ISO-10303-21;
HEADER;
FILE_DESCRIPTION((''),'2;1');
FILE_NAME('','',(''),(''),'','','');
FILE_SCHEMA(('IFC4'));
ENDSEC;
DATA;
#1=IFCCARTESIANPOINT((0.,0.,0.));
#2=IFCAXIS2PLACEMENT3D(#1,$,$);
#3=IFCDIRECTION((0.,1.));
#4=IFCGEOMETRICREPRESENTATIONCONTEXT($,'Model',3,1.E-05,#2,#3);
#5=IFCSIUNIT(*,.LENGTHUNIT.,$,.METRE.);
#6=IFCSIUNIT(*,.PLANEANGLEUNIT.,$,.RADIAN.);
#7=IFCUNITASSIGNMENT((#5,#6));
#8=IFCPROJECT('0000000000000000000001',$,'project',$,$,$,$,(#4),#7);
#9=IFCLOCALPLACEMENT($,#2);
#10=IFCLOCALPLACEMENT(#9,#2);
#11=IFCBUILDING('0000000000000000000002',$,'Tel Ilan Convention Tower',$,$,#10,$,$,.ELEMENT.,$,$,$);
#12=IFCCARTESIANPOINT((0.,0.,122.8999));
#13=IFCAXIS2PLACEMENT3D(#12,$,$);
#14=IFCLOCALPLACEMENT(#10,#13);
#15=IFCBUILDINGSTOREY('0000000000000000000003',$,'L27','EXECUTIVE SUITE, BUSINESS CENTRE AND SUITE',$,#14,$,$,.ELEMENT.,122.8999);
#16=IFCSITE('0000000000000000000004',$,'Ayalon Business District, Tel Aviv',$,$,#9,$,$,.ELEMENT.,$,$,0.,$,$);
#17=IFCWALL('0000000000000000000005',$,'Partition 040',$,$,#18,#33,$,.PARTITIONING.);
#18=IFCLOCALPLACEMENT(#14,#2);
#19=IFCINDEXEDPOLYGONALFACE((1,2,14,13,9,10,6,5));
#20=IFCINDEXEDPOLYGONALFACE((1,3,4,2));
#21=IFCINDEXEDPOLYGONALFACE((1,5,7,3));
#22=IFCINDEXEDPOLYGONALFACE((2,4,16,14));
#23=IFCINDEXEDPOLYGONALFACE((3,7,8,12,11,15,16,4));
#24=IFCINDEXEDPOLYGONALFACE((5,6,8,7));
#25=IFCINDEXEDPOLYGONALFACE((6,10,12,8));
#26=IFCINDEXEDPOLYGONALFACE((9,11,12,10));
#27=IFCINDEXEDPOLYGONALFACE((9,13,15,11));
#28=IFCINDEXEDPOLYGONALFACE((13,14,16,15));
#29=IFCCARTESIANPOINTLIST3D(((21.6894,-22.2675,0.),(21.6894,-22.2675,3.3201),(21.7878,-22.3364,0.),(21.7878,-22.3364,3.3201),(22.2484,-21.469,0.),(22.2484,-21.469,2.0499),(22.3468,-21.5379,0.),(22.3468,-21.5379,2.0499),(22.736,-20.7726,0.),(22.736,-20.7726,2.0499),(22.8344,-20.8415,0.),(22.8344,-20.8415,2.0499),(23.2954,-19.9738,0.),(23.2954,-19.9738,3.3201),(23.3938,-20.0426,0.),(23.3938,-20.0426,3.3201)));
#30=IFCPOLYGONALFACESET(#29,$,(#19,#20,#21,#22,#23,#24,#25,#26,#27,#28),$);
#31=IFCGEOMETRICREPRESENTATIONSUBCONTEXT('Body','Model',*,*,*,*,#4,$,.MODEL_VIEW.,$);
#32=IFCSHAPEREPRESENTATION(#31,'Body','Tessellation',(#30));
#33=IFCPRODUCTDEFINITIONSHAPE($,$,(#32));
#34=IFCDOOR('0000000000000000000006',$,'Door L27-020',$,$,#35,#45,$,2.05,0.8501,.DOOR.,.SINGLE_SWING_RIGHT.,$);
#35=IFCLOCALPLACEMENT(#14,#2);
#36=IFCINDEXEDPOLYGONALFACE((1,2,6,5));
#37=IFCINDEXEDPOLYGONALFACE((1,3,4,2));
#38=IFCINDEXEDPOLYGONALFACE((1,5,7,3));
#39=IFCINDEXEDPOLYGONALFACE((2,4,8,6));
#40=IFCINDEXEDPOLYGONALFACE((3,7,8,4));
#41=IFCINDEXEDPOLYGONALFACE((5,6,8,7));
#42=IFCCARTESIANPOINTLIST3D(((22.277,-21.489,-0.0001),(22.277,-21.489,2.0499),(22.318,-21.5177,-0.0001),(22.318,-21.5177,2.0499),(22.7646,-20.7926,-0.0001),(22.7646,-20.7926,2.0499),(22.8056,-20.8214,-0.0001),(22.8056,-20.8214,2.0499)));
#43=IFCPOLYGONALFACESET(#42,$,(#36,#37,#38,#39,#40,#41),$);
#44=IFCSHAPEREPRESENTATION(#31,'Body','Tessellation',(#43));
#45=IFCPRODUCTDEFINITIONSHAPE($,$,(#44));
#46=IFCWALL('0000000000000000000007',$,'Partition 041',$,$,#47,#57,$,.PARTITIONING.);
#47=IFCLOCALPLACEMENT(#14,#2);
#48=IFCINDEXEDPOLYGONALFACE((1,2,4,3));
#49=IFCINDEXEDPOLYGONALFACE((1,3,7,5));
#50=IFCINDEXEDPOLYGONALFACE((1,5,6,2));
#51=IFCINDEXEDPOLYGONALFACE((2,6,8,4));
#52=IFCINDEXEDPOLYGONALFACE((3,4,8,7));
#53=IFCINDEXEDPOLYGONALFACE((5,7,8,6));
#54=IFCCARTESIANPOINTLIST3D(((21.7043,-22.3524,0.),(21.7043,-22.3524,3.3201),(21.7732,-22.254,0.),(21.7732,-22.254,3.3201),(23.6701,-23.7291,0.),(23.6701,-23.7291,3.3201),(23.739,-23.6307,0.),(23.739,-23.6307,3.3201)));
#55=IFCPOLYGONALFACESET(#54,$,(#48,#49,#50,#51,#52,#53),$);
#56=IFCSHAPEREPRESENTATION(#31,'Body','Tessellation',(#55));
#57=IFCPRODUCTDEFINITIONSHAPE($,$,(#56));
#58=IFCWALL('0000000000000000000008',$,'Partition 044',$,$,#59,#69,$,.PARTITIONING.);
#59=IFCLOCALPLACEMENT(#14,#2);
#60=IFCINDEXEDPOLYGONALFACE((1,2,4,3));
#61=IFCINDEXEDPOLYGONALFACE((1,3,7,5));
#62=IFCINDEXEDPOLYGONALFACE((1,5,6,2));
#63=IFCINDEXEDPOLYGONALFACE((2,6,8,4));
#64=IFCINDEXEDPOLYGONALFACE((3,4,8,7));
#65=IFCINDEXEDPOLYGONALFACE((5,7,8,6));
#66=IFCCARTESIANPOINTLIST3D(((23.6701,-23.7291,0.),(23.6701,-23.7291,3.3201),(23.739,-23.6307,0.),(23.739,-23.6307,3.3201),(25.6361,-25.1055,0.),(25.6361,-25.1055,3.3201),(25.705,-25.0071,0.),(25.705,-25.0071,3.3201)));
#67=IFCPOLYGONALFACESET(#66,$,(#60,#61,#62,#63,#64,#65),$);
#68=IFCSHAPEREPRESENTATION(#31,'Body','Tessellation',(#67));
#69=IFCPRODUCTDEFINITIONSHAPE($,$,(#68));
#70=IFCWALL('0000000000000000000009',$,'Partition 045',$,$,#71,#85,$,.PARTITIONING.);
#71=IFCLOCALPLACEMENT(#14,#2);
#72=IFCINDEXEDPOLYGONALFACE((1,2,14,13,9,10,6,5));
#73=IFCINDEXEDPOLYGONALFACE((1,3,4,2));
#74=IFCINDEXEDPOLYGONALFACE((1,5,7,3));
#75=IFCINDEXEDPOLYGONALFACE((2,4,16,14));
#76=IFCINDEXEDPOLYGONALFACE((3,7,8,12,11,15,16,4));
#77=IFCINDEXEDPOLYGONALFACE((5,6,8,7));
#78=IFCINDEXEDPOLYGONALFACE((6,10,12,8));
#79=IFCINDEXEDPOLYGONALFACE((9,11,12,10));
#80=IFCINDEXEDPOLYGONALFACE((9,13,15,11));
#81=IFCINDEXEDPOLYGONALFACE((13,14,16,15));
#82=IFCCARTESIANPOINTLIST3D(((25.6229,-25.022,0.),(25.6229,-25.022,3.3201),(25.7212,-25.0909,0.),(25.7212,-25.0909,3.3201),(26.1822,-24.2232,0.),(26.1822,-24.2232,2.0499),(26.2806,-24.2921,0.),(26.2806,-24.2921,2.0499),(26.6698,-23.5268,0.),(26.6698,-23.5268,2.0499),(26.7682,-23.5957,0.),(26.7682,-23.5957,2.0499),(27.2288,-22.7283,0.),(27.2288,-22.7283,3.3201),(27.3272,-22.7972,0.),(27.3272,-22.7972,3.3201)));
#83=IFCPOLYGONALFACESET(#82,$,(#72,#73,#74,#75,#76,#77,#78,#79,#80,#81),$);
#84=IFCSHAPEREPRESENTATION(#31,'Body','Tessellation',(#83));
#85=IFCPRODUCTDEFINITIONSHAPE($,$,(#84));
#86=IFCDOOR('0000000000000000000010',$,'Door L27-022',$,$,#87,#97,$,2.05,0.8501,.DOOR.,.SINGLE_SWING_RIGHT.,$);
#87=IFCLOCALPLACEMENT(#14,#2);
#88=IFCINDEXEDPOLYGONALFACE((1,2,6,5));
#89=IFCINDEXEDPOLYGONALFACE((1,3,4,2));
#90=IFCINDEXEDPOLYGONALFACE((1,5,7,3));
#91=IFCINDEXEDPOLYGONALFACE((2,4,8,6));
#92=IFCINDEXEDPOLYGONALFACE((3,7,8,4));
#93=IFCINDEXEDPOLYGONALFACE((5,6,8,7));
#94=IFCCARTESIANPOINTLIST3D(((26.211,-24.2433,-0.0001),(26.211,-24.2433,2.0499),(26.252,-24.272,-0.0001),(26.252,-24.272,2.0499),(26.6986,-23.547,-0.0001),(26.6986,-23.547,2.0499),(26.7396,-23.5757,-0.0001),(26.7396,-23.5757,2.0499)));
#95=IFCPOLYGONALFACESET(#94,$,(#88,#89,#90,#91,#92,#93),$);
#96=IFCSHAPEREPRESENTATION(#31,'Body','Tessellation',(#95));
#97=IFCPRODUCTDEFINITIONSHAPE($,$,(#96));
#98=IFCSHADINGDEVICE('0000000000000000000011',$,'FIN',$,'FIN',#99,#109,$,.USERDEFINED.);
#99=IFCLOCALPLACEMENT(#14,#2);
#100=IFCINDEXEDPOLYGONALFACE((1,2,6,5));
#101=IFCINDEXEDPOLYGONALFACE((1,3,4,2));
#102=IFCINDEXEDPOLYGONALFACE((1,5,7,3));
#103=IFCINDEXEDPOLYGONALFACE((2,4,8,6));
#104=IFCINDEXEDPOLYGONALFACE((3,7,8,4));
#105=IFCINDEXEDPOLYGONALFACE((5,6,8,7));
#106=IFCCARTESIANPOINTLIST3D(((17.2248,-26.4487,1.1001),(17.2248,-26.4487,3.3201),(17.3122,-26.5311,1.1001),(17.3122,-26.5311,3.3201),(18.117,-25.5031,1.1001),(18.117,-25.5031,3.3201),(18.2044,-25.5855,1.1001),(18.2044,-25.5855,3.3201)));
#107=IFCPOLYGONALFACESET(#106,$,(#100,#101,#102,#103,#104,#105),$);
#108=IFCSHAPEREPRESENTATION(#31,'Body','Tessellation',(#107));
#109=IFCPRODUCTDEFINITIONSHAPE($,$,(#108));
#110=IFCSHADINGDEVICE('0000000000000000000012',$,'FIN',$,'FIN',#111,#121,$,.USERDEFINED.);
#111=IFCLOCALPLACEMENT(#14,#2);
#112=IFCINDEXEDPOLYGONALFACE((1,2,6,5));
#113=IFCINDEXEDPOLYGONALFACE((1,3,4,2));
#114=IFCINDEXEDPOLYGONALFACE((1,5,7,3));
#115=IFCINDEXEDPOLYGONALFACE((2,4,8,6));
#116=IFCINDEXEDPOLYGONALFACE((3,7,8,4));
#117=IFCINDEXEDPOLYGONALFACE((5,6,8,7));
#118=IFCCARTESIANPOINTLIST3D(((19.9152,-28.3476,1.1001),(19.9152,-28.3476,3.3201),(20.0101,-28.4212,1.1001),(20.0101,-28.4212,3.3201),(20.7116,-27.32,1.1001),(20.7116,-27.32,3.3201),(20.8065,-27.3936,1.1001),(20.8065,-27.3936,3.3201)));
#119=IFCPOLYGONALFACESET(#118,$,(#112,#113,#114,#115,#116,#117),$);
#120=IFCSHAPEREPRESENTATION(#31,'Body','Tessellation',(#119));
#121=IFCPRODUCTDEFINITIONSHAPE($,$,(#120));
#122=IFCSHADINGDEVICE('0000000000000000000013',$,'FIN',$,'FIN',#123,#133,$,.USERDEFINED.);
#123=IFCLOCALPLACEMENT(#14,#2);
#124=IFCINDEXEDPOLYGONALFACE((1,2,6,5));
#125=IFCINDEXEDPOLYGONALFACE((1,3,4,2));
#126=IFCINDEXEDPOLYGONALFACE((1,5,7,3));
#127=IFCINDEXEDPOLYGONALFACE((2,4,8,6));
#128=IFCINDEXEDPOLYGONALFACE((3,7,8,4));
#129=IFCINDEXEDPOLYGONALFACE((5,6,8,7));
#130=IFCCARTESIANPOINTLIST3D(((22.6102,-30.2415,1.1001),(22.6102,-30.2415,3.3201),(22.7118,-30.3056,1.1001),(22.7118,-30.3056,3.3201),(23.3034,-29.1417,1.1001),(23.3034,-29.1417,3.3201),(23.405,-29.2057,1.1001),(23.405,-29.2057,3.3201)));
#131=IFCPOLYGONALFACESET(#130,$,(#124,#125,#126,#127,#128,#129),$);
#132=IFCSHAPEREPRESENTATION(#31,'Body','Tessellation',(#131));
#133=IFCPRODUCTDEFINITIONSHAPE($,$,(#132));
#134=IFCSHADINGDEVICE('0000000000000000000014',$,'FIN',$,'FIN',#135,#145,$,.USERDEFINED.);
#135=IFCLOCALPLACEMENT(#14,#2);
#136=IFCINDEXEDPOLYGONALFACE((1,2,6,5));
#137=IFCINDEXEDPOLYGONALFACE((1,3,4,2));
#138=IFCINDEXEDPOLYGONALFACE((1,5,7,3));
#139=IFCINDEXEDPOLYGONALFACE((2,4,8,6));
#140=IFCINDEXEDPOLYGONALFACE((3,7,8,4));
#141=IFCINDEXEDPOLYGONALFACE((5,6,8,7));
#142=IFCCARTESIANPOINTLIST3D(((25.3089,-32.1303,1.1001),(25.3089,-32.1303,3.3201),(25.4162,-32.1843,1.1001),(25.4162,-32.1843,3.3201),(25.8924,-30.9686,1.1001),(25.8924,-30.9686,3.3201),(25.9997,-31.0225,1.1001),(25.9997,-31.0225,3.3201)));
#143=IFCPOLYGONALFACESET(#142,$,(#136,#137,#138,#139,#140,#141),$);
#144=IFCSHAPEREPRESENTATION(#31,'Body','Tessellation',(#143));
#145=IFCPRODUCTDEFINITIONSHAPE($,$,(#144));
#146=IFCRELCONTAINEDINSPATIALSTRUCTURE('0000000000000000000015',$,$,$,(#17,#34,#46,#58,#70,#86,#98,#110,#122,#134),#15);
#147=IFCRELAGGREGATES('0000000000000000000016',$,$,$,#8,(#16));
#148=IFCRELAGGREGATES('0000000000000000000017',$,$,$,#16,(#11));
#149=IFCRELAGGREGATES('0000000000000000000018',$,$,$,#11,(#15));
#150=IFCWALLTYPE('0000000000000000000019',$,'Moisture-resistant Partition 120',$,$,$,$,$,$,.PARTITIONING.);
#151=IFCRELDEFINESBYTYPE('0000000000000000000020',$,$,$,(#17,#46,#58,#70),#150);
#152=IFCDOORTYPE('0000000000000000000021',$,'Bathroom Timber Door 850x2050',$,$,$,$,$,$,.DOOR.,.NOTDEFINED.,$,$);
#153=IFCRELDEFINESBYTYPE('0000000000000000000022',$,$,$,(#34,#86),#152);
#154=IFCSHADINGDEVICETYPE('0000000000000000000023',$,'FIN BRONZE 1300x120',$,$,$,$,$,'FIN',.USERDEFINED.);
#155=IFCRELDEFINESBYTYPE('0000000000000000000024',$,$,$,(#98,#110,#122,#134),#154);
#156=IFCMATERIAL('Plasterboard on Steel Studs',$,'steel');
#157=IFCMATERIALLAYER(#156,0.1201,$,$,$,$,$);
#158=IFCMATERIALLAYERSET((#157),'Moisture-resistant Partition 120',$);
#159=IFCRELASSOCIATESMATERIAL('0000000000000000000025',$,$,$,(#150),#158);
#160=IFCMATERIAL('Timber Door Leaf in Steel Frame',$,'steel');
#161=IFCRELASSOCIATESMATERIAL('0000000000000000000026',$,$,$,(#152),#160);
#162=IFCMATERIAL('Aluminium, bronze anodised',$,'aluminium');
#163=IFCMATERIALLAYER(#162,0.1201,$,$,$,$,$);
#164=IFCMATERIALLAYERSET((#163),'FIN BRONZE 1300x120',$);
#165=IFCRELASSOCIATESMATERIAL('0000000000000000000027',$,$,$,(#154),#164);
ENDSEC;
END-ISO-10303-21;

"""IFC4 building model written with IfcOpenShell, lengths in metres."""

from ifc_helpers import new_model, si_unit, direction, frame, frame_2d, origin, origin_2d, place, context, subcontext, project, spatial, rectangle, extrude, material, layer, layer_set, type_object, element, fill, save


model = new_model("IFC4")

# Units and contexts
model_context = context("Model", 3, precision=1e-05, world=origin(), true_north=direction((0.0, 1.0)))
body_context = subcontext(model_context, "Body", "Model", "MODEL_VIEW")
ifc_project = project(units=[si_unit("LENGTHUNIT", "METRE"), si_unit("PLANEANGLEUNIT", "RADIAN")], contexts=[model_context])

# Site, building, storey
site_placement = place(None, origin())
site = spatial("IfcSite", under=ifc_project, at=site_placement, Name="Ayalon Business District, Tel Aviv", CompositionType="ELEMENT", RefElevation=0.0)
building_placement = place(site_placement, origin())
building = spatial("IfcBuilding", under=site, at=building_placement, Name="Tel Ilan Convention Tower", CompositionType="ELEMENT")
storey_placement = place(building_placement, frame((0.0, 0.0, 122.8999)))
storey = spatial("IfcBuildingStorey", under=building, at=storey_placement, Name="L27", Description="EXECUTIVE SUITE, BUSINESS CENTRE AND SUITE", CompositionType="ELEMENT", Elevation=122.8999)

# Wall, opening, door
ifc_material_1 = material(Name="Plasterboard on Steel Studs", Category="steel")
ifc_layer_1 = layer(ifc_material_1, 0.1201)
ifc_layer_set_1 = layer_set([ifc_layer_1], Name="Moisture-resistant Partition 120")
wall_type_1 = type_object("IfcWallType", Name="Moisture-resistant Partition 120", PredefinedType="PARTITIONING", material=ifc_layer_set_1)
wall_1_placement = place(storey_placement, frame((23.3445, -20.0083, 0.0), z_axis=(0.0, 0.0, 1.0), x_axis=(-0.57355, -0.81917, 0.0)))
wall_1 = element("IfcWall", 1, at=wall_1_placement, inside=storey, type_object=wall_type_1, Name="Partition 040", PredefinedType="PARTITIONING", context=body_context, shape_type="SweptSolid", body=[
    extrude(rectangle(XDim=2.8, YDim=0.1201, at=frame_2d((1.3999, 0.0))), origin(), (0.0, 0.0, 1.0), 3.3201),
])
opening_1_placement = place(wall_1_placement, frame((0.9751, 0.0, 0.0)))
opening_1 = element("IfcOpeningElement", 2, at=opening_1_placement, cuts=wall_1, PredefinedType="OPENING", context=body_context, shape_type="SweptSolid", body=[
    extrude(rectangle(XDim=0.8501, YDim=2.05, at=frame_2d((0.425, 1.0249))), frame((0.0, 0.0701, 0.0), z_axis=(0.0, -1.0, 0.0), x_axis=(1.0, 0.0, 0.0)), (0.0, 0.0, 1.0), 0.1401),
])
ifc_material_2 = material(Name="Timber Door Leaf in Steel Frame", Category="steel")
door_type_1 = type_object("IfcDoorType", Name="Bathroom Timber Door 850x2050", OperationType="NOTDEFINED", PredefinedType="DOOR", material=ifc_material_2)
door_1_placement = place(opening_1_placement, origin())
door_1 = element("IfcDoor", 3, at=door_1_placement, inside=storey, type_object=door_type_1, Name="Door L27-020", OperationType="SINGLE_SWING_RIGHT", OverallHeight=2.05, OverallWidth=0.8501, PredefinedType="DOOR", context=body_context, shape_type="SweptSolid", body=[
    extrude(rectangle(XDim=0.8501, YDim=2.05, at=frame_2d((0.425, 1.0249))), frame((0.0, 0.0249, 0.0), z_axis=(0.0, -1.0, 0.0), x_axis=(1.0, 0.0, 0.0)), (0.0, 0.0, 1.0), 0.05),
])
fill(opening_1, door_1)

# Walls
for number, where, z_axis, x_axis, name in (
    (4, (21.7388, -22.3032, 0.0), (0.0, 0.0, 1.0), (0.819108, -0.57364, 0.0), "Partition 041"),
    (5, (23.7046, -23.6799, 0.0), (0.0, 0.0, 1.0), (0.819189, -0.573524, 0.0), "Partition 044"),
):
    element("IfcWall", number, at=place(storey_placement, frame(where, z_axis=z_axis, x_axis=x_axis)), inside=storey, type_object=wall_type_1, Name=name, PredefinedType="PARTITIONING", context=body_context, shape_type="SweptSolid", body=[
        extrude(rectangle(XDim=2.3999, YDim=0.1201, at=frame_2d((1.2, 0.0))), origin(), (0.0, 0.0, 1.0), 3.3201),
    ])

# Wall, opening, door
wall_2_placement = place(storey_placement, frame((25.6721, -25.0564, 0.0), z_axis=(0.0, 0.0, 1.0), x_axis=(0.57355, 0.81917, 0.0)))
wall_2 = element("IfcWall", 6, at=wall_2_placement, inside=storey, type_object=wall_type_1, Name="Partition 045", PredefinedType="PARTITIONING", context=body_context, shape_type="SweptSolid", body=[
    extrude(rectangle(XDim=2.8, YDim=0.1201, at=frame_2d((1.3999, 0.0))), origin(), (0.0, 0.0, 1.0), 3.3201),
])
opening_2_placement = place(wall_2_placement, frame((0.9751, 0.0, 0.0)))
opening_2 = element("IfcOpeningElement", 7, at=opening_2_placement, cuts=wall_2, PredefinedType="OPENING", context=body_context, shape_type="SweptSolid", body=[
    extrude(rectangle(XDim=0.8501, YDim=2.05, at=frame_2d((0.425, 1.0249))), frame((0.0, 0.0701, 0.0), z_axis=(0.0, -1.0, 0.0), x_axis=(1.0, 0.0, 0.0)), (0.0, 0.0, 1.0), 0.1401),
])
door_2_placement = place(opening_2_placement, origin())
door_2 = element("IfcDoor", 8, at=door_2_placement, inside=storey, type_object=door_type_1, Name="Door L27-022", OperationType="SINGLE_SWING_RIGHT", OverallHeight=2.05, OverallWidth=0.8501, PredefinedType="DOOR", context=body_context, shape_type="SweptSolid", body=[
    extrude(rectangle(XDim=0.8501, YDim=2.05, at=frame_2d((0.425, 1.0249))), frame((0.0, 0.0249, 0.0), z_axis=(0.0, -1.0, 0.0), x_axis=(1.0, 0.0, 0.0)), (0.0, 0.0, 1.0), 0.05),
])
fill(opening_2, door_2)

# Shading devices
ifc_material_3 = material(Name="Aluminium, bronze anodised", Category="aluminium")
ifc_layer_2 = layer(ifc_material_3, 0.1201)
ifc_layer_set_2 = layer_set([ifc_layer_2], Name="FIN BRONZE 1300x120")
shading_device_type = type_object("IfcShadingDeviceType", Name="FIN BRONZE 1300x120", ElementType="FIN", PredefinedType="USERDEFINED", material=ifc_layer_set_2)
for number, where, z_axis, x_axis, name in (
    (9, (17.7146, -26.0171, 1.1001), (0.0, 0.0, 1.0), (-0.686242, -0.727374, 0.0), "FIN"),
    (10, (20.3608, -27.8706, 1.1001), (0.0, 0.0, 1.0), (-0.612601, -0.790393, 0.0), "FIN"),
    (11, (23.0076, -29.7236, 1.1001), (0.0, 0.0, 1.0), (-0.533204, -0.845986, 0.0), "FIN"),
    (12, (25.6543, -31.5764, 1.1001), (0.0, 0.0, 1.0), (-0.448799, -0.893633, 0.0), "FIN"),
):
    element("IfcShadingDevice", number, at=place(storey_placement, frame(where, z_axis=z_axis, x_axis=x_axis)), inside=storey, type_object=shading_device_type, Name=name, ObjectType="FIN", PredefinedType="USERDEFINED", context=body_context, shape_type="SweptSolid", body=[
        extrude(rectangle(XDim=1.3, YDim=0.1201, at=origin_2d()), origin(), (0.0, 0.0, 1.0), 2.22),
    ])

save(model, "model.ifc")
